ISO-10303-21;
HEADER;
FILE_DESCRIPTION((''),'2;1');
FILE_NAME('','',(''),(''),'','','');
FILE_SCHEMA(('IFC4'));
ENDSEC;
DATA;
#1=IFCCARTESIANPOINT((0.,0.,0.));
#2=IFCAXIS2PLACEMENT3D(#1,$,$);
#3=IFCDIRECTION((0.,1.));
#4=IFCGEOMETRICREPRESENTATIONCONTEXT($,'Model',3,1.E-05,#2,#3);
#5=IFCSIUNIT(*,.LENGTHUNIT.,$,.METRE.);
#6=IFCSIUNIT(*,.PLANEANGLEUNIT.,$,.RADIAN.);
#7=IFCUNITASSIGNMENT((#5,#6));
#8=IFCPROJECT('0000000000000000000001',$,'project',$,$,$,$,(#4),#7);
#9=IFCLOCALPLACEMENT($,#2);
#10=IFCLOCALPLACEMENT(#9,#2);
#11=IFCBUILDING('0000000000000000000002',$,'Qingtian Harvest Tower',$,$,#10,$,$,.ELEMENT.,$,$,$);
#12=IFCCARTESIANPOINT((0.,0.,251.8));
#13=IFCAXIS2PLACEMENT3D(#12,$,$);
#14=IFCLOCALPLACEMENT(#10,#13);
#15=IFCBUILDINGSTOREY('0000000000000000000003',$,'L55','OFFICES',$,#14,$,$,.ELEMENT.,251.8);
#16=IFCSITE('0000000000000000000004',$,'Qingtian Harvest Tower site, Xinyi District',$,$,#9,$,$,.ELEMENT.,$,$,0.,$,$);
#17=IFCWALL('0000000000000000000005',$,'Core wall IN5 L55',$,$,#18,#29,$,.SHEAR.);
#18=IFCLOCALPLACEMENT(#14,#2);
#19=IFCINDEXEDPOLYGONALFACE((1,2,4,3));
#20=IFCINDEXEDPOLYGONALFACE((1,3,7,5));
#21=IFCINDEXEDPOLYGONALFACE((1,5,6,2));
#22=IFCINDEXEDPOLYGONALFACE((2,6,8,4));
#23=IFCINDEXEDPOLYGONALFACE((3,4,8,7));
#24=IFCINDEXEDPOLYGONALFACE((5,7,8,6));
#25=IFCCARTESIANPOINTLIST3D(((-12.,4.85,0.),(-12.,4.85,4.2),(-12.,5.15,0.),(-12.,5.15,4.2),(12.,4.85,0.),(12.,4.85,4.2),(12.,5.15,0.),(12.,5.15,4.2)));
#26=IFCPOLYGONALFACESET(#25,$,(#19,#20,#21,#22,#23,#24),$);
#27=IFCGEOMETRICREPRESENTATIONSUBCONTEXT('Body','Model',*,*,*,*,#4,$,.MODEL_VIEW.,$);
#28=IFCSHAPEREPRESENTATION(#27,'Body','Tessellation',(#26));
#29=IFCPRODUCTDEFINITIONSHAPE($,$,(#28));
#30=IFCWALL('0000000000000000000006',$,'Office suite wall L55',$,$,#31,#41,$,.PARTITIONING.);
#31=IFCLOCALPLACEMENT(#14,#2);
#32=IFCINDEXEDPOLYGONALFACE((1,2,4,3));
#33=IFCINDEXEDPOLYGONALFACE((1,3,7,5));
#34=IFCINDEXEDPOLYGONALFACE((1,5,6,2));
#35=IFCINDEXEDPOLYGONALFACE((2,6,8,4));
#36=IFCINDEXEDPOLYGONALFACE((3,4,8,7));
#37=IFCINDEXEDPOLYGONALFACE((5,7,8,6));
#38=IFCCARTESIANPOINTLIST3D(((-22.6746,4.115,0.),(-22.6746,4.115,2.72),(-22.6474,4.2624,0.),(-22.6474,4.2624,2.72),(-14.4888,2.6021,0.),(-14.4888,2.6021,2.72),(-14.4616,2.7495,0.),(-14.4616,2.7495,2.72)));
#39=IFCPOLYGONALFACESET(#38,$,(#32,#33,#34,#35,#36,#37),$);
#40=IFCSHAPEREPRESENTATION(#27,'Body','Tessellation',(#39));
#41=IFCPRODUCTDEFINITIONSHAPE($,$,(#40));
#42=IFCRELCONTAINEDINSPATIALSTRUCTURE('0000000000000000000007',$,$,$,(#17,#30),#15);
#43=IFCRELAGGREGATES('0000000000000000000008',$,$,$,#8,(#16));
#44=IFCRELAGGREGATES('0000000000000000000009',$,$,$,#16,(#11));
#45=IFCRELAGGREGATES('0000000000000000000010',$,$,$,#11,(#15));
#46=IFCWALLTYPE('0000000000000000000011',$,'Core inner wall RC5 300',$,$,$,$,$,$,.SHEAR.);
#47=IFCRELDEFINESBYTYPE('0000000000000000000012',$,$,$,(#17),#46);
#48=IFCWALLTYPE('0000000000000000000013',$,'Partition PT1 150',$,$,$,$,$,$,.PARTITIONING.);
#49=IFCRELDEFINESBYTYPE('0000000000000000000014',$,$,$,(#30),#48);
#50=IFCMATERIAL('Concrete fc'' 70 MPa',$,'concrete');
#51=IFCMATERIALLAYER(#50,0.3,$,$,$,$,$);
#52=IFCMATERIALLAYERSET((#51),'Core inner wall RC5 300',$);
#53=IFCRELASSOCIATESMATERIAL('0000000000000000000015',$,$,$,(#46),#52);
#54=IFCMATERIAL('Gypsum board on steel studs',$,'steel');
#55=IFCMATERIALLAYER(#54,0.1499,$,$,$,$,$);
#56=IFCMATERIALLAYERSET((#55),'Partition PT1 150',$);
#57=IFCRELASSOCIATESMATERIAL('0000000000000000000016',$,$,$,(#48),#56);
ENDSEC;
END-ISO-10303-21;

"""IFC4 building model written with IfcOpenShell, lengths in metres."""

from ifc_helpers import new_model, si_unit, direction, frame, frame_2d, origin, place, context, subcontext, project, spatial, rectangle, extrude, material, layer, layer_set, type_object, element, save


model = new_model("IFC4")

# Units and contexts
model_context = context("Model", 3, precision=1e-05, world=origin(), true_north=direction((0.0, 1.0)))
body_context = subcontext(model_context, "Body", "Model", "MODEL_VIEW")
ifc_project = project(units=[si_unit("LENGTHUNIT", "METRE"), si_unit("PLANEANGLEUNIT", "RADIAN")], contexts=[model_context])

# Site, building, storey
site_placement = place(None, origin())
site = spatial("IfcSite", under=ifc_project, at=site_placement, Name="Qingtian Harvest Tower site, Xinyi District", CompositionType="ELEMENT", RefElevation=0.0)
building_placement = place(site_placement, origin())
building = spatial("IfcBuilding", under=site, at=building_placement, Name="Qingtian Harvest Tower", CompositionType="ELEMENT")
storey_placement = place(building_placement, frame((0.0, 0.0, 251.8)))
storey = spatial("IfcBuildingStorey", under=building, at=storey_placement, Name="L55", Description="OFFICES", CompositionType="ELEMENT", Elevation=251.8)

# Wall
ifc_material_1 = material(Name="Concrete fc' 70 MPa", Category="concrete")
ifc_layer_1 = layer(ifc_material_1, 0.3)
ifc_layer_set_1 = layer_set([ifc_layer_1], Name="Core inner wall RC5 300")
wall_type_1 = type_object("IfcWallType", Name="Core inner wall RC5 300", PredefinedType="SHEAR", material=ifc_layer_set_1)
wall_1_placement = place(storey_placement, frame((-12.0, 5.0, 0.0), z_axis=(0.0, 0.0, 1.0), x_axis=(1.0, 0.0, 0.0)))
element("IfcWall", 1, at=wall_1_placement, inside=storey, type_object=wall_type_1, Name="Core wall IN5 L55", PredefinedType="SHEAR", context=body_context, shape_type="SweptSolid", body=[
    extrude(rectangle(XDim=24.0, YDim=0.3, at=frame_2d((12.0, 0.0))), origin(), (0.0, 0.0, 1.0), 4.2),
])

# Wall
ifc_material_2 = material(Name="Gypsum board on steel studs", Category="steel")
ifc_layer_2 = layer(ifc_material_2, 0.1499)
ifc_layer_set_2 = layer_set([ifc_layer_2], Name="Partition PT1 150")
wall_type_2 = type_object("IfcWallType", Name="Partition PT1 150", PredefinedType="PARTITIONING", material=ifc_layer_set_2)
wall_2_placement = place(storey_placement, frame((-22.6609, 4.1887, 0.0), z_axis=(0.0, 0.0, 1.0), x_axis=(0.983345, -0.181747, 0.0)))
element("IfcWall", 2, at=wall_2_placement, inside=storey, type_object=wall_type_2, Name="Office suite wall L55", PredefinedType="PARTITIONING", context=body_context, shape_type="SweptSolid", body=[
    extrude(rectangle(XDim=8.3245, YDim=0.1499, at=frame_2d((4.1621, 0.0))), origin(), (0.0, 0.0, 1.0), 2.72),
])

save(model, "model.ifc")
